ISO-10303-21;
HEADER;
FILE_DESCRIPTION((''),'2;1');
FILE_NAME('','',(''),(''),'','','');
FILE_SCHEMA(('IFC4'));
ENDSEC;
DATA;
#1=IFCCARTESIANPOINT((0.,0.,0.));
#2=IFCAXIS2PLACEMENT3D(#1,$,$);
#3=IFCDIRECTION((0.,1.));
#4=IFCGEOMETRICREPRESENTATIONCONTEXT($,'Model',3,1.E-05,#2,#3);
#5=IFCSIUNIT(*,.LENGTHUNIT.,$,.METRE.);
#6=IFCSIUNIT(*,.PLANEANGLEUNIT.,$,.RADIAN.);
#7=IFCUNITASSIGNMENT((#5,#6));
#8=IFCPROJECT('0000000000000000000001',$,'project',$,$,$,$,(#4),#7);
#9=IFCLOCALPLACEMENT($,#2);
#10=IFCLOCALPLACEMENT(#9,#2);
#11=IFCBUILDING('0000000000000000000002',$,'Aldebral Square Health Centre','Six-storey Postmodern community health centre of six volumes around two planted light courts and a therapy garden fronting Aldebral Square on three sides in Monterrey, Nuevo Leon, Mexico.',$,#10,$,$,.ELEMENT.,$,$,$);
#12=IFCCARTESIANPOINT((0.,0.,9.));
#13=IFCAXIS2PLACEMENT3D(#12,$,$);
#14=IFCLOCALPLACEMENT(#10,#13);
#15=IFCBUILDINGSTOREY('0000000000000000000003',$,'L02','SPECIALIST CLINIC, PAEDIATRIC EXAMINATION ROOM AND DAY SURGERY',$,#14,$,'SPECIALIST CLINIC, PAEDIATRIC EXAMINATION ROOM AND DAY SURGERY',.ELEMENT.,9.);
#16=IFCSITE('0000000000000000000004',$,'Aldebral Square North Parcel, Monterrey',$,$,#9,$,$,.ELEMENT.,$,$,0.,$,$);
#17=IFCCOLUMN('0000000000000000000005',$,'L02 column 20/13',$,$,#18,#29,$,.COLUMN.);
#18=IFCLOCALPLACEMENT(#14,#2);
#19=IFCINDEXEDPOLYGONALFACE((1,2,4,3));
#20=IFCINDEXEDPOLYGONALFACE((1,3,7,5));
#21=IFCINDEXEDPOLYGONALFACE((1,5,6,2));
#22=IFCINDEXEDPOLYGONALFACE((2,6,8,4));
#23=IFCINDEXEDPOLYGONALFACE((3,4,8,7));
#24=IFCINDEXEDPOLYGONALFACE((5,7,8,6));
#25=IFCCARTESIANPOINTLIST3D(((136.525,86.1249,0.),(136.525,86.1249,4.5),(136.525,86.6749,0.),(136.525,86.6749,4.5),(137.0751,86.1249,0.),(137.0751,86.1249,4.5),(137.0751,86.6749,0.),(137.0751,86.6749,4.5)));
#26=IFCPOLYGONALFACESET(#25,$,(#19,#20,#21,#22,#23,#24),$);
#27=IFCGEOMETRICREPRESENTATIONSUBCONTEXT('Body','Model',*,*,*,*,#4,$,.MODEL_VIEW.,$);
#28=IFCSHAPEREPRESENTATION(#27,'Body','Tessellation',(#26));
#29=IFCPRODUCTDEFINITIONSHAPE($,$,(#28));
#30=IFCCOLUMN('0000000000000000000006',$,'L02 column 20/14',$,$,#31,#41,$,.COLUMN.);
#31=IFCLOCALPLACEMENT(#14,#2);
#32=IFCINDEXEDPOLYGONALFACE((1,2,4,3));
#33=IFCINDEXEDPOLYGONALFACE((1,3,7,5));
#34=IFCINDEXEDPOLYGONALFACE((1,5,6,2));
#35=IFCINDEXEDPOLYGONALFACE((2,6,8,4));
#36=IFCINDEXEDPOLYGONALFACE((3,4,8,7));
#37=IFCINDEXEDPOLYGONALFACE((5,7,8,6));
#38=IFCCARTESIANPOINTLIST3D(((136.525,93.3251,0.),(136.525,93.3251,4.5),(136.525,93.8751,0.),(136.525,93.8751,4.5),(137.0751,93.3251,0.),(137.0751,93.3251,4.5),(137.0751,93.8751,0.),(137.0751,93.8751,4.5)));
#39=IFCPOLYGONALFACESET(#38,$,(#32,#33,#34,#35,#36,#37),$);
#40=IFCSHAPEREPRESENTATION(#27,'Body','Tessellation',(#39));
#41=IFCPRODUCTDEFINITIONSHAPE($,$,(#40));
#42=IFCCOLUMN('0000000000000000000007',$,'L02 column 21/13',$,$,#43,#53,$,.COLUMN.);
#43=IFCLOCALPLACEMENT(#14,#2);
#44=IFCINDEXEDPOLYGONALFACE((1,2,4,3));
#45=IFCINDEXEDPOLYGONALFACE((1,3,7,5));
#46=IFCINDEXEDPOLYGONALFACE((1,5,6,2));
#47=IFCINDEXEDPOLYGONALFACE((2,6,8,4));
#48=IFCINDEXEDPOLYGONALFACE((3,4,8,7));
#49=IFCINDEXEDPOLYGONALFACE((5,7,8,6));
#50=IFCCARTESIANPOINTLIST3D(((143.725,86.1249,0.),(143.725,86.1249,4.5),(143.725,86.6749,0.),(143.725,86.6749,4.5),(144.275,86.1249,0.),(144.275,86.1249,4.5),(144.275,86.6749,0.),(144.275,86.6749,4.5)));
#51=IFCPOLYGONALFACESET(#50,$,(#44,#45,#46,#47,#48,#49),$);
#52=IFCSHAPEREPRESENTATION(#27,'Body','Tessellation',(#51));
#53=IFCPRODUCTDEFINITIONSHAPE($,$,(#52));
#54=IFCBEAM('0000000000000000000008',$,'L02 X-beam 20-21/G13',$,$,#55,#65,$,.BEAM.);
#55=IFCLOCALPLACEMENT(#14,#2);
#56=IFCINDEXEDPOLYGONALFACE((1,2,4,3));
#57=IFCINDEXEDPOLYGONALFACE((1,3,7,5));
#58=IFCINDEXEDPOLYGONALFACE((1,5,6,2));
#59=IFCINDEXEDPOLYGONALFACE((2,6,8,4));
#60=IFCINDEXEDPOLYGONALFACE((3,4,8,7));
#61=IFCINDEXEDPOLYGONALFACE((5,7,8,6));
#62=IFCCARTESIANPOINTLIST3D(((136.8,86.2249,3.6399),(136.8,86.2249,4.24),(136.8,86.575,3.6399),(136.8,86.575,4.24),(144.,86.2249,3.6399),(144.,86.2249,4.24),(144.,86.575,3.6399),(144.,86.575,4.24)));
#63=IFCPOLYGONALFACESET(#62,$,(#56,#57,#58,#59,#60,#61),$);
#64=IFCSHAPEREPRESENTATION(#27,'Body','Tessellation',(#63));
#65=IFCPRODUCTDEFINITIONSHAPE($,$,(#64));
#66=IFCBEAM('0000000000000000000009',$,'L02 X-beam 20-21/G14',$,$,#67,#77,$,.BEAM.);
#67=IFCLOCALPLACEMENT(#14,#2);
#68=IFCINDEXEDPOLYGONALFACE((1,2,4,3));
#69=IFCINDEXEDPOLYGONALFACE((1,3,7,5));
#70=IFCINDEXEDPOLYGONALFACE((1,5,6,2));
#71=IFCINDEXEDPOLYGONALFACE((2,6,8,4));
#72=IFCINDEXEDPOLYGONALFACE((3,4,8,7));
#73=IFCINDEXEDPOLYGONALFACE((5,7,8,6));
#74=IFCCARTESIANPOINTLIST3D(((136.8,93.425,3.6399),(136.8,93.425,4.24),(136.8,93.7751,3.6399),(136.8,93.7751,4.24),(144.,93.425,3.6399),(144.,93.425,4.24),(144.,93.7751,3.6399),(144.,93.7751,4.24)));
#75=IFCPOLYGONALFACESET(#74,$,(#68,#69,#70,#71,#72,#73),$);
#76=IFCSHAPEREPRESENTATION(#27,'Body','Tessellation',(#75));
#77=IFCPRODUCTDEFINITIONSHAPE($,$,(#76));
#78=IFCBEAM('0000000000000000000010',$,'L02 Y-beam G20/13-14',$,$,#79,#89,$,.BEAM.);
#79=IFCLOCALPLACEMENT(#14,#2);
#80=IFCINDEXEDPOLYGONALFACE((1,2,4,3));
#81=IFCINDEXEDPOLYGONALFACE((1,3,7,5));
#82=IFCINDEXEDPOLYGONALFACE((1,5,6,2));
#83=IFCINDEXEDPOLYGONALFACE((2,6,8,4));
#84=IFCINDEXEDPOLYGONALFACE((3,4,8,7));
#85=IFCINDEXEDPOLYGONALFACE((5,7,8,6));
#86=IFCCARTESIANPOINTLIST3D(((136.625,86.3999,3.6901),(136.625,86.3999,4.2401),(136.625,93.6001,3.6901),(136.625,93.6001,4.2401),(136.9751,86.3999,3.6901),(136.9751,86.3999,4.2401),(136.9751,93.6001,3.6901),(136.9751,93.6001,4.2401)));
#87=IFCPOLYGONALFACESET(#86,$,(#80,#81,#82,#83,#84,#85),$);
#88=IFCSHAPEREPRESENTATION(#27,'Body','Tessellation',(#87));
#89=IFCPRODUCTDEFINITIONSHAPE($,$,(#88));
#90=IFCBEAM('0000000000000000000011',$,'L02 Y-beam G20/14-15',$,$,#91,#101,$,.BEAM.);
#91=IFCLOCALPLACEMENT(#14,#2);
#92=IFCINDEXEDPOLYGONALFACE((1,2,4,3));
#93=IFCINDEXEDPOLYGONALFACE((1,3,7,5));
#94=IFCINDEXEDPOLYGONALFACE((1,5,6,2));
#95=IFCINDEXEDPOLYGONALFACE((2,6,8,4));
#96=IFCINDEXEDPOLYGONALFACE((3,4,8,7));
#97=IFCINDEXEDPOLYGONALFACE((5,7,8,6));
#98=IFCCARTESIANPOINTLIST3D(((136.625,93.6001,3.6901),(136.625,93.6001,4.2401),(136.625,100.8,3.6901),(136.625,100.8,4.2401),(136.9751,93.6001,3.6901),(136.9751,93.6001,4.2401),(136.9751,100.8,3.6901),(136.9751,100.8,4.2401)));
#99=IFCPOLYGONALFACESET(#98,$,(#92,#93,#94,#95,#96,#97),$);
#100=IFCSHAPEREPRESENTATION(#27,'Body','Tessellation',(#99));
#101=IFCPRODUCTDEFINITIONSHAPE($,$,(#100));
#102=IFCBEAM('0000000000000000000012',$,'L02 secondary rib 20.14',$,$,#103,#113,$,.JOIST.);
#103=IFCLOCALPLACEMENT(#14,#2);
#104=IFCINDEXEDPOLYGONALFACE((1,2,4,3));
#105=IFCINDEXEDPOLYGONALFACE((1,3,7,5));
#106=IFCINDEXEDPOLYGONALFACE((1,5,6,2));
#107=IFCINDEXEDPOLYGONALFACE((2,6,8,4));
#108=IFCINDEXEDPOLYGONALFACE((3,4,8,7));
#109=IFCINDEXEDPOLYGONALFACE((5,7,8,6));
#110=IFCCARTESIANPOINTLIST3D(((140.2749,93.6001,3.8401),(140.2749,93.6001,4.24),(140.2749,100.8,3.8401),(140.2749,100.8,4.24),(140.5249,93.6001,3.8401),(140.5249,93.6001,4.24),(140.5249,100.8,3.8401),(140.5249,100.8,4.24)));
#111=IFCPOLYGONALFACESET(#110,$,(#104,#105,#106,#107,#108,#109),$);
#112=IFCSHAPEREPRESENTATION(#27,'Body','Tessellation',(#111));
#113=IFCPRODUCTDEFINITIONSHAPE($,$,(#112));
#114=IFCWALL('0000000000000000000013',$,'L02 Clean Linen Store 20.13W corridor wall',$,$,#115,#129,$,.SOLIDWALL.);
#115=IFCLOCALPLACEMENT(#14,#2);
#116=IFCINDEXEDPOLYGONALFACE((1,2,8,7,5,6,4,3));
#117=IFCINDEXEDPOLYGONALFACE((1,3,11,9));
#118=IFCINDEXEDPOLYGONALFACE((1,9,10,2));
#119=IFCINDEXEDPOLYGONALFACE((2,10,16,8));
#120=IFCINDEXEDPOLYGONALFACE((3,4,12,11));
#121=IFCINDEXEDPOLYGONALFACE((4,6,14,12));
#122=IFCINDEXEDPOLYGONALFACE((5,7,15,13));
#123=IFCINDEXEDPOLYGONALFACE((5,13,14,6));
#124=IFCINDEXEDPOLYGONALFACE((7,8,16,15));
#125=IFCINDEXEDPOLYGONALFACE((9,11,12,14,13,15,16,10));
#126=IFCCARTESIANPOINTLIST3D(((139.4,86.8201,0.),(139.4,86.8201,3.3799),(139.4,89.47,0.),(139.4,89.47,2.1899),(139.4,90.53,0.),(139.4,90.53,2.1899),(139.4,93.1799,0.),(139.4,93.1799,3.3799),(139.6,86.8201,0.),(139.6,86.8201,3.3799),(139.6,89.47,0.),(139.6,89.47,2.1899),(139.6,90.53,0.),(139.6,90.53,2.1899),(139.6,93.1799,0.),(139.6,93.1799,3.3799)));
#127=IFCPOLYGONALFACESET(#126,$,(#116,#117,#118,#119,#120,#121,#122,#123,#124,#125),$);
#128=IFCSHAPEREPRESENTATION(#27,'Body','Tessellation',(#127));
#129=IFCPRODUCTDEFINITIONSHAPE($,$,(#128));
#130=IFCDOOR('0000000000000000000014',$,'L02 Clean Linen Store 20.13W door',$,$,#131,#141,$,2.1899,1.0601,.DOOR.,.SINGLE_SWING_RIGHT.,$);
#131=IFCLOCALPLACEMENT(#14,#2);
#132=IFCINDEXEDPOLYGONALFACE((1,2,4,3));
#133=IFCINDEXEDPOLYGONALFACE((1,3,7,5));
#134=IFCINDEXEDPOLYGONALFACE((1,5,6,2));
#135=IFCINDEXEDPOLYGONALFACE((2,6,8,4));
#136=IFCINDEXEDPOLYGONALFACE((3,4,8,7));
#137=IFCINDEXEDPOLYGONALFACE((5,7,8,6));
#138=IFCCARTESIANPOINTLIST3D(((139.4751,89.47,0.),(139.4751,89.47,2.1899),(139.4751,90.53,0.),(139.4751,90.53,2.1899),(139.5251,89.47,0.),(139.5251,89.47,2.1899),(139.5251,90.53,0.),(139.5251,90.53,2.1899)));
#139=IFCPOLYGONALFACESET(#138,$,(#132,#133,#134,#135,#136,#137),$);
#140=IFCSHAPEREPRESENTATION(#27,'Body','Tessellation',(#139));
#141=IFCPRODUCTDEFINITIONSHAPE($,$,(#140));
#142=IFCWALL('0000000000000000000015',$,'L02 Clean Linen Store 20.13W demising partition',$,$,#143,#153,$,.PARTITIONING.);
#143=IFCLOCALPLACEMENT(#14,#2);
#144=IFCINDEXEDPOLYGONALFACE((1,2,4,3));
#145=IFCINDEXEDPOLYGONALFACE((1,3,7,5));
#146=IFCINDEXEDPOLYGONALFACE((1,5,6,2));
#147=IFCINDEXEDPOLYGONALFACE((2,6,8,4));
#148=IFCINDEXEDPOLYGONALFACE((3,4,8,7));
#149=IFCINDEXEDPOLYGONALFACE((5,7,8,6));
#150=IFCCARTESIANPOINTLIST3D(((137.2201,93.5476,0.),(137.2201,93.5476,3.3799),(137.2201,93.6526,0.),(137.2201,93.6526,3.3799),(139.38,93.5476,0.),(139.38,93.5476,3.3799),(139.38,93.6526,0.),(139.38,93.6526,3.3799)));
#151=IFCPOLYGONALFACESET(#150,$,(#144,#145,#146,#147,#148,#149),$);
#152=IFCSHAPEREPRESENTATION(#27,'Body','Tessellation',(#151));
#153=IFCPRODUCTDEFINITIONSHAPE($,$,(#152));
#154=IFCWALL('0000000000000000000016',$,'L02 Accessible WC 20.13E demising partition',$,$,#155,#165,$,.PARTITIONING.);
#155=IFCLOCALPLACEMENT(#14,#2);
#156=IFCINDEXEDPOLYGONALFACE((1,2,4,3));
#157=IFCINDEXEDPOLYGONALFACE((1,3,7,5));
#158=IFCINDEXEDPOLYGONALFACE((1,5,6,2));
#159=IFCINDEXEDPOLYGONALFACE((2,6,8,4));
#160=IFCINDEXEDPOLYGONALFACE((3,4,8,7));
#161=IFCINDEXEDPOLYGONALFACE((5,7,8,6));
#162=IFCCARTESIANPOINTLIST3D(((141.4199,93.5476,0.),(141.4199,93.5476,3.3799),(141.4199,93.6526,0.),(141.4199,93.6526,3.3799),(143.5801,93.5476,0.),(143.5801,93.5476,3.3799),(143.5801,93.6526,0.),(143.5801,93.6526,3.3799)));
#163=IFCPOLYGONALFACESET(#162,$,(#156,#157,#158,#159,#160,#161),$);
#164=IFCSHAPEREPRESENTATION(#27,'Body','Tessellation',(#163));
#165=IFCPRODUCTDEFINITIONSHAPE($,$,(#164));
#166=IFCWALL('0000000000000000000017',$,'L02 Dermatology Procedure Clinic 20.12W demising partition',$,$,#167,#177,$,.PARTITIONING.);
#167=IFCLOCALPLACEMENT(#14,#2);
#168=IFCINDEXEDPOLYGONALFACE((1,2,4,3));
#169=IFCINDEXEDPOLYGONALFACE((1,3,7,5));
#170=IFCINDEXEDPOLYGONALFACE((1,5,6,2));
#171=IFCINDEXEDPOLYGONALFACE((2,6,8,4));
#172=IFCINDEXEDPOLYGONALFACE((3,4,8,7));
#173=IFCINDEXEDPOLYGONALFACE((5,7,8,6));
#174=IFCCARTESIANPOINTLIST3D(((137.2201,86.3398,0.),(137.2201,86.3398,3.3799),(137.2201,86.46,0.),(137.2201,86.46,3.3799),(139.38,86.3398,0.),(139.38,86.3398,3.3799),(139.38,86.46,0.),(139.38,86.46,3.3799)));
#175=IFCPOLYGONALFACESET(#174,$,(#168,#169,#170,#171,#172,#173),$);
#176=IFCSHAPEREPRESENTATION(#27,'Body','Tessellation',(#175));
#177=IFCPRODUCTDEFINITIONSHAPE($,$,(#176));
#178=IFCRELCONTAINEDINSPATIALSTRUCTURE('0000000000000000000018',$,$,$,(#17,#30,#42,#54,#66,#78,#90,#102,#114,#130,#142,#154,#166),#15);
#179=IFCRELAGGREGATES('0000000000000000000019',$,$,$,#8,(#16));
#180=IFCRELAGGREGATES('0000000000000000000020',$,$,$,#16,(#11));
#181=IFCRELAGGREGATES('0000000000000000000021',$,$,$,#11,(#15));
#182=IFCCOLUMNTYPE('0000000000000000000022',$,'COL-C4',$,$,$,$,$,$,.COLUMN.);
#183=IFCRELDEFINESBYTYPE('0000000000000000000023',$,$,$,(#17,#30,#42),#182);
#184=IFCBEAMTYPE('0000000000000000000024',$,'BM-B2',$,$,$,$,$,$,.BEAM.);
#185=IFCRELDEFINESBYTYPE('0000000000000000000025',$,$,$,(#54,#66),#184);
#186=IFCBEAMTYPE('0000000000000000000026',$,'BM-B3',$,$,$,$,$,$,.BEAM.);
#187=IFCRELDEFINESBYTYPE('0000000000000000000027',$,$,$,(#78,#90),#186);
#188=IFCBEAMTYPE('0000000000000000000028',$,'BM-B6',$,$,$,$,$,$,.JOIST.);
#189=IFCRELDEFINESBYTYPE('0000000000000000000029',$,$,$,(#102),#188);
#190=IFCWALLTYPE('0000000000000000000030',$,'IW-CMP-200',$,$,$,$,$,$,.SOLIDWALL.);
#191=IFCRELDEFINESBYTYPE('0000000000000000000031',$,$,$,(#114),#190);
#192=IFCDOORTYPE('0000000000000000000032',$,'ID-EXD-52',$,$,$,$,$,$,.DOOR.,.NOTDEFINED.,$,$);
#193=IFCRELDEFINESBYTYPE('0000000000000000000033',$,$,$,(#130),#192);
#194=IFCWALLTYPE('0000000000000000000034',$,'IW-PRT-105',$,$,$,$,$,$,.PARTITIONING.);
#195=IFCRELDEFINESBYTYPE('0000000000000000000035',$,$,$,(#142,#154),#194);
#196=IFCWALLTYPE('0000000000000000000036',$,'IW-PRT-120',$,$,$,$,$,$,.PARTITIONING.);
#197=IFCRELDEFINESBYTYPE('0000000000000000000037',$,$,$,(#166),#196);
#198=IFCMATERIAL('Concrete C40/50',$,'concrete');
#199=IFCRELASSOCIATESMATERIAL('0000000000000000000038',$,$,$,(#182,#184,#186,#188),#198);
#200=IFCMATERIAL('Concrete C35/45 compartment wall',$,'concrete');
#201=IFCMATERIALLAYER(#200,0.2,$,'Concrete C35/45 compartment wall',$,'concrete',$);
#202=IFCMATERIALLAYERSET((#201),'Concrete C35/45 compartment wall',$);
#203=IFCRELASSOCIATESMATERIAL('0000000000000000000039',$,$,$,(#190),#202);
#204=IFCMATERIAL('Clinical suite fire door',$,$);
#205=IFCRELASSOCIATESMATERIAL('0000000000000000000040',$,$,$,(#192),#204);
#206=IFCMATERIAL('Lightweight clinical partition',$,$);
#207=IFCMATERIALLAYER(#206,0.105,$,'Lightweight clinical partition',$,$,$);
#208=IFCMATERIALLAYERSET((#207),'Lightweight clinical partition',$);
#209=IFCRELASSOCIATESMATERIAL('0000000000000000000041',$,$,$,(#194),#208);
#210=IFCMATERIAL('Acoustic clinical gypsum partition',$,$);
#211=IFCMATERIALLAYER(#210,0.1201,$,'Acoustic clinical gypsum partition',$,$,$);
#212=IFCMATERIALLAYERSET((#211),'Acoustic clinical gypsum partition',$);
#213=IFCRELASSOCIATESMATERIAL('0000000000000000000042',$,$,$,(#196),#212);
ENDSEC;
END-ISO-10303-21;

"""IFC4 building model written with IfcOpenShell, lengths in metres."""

from ifc_helpers import new_model, si_unit, direction, frame, frame_2d, origin, origin_2d, place, context, subcontext, project, spatial, rectangle, extrude, material, layer, layer_set, material_profile, profile_set, type_object, element, fill, save


model = new_model("IFC4")

# Units and contexts
model_context = context("Model", 3, precision=1e-05, world=origin(), true_north=direction((0.0, 1.0)))
body_context = subcontext(model_context, "Body", "Model", "MODEL_VIEW")
ifc_project = project(units=[si_unit("LENGTHUNIT", "METRE"), si_unit("PLANEANGLEUNIT", "RADIAN")], contexts=[model_context])

# Site, building, storey
site_placement = place(None, origin())
site = spatial("IfcSite", under=ifc_project, at=site_placement, Name="Aldebral Square North Parcel, Monterrey", CompositionType="ELEMENT", RefElevation=0.0)
building_placement = place(site_placement, origin())
building = spatial("IfcBuilding", under=site, at=building_placement, Name="Aldebral Square Health Centre", Description="Six-storey Postmodern community health centre of six volumes around two planted light courts and a therapy garden fronting Aldebral Square on three sides in Monterrey, Nuevo Leon, Mexico.", CompositionType="ELEMENT")
storey_placement = place(building_placement, frame((0.0, 0.0, 9.0)))
storey = spatial("IfcBuildingStorey", under=building, at=storey_placement, Name="L02", Description="SPECIALIST CLINIC, PAEDIATRIC EXAMINATION ROOM AND DAY SURGERY", LongName="SPECIALIST CLINIC, PAEDIATRIC EXAMINATION ROOM AND DAY SURGERY", CompositionType="ELEMENT", Elevation=9.0)

# Columns
ifc_material_1 = material(Name="Concrete C40/50", Category="concrete")
ifc_material_profile_1 = material_profile(ifc_material_1, rectangle(XDim=0.55, YDim=0.55, at=origin_2d()), Name="RC 550x550")
ifc_profile_set_1 = profile_set([ifc_material_profile_1], Name="Concrete C40/50")
column_type = type_object("IfcColumnType", Name="COL-C4", PredefinedType="COLUMN", material=ifc_profile_set_1)
for number, where, z_axis, x_axis, name in (
    (1, (136.8, 86.3999, 0.0), (0.0, 0.0, 1.0), (1.0, 0.0, 0.0), "L02 column 20/13"),
    (2, (136.8, 93.6001, 0.0), (0.0, 0.0, 1.0), (1.0, 0.0, 0.0), "L02 column 20/14"),
    (3, (144.0, 86.3999, 0.0), (0.0, 0.0, 1.0), (1.0, 0.0, 0.0), "L02 column 21/13"),
):
    element("IfcColumn", number, at=place(storey_placement, frame(where, z_axis=z_axis, x_axis=x_axis)), inside=storey, type_object=column_type, Name=name, PredefinedType="COLUMN", context=body_context, shape_type="SweptSolid", body=[
        extrude(rectangle(XDim=0.55, YDim=0.55, at=origin_2d()), origin(), (0.0, 0.0, 1.0), 4.5),
    ])

# Beams
ifc_material_profile_2 = material_profile(ifc_material_1, rectangle(XDim=0.3501, YDim=0.6001, at=origin_2d()), Name="RC 350x600")
ifc_profile_set_2 = profile_set([ifc_material_profile_2], Name="Concrete C40/50")
beam_type_1 = type_object("IfcBeamType", Name="BM-B2", PredefinedType="BEAM", material=ifc_profile_set_2)
for number, where, z_axis, x_axis, name in (
    (4, (136.8, 86.3999, 3.9399), (1.0, 0.0, 0.0), (0.0, 1.0, 0.0), "L02 X-beam 20-21/G13"),
    (5, (136.8, 93.6001, 3.9399), (1.0, 0.0, 0.0), (0.0, 1.0, 0.0), "L02 X-beam 20-21/G14"),
):
    element("IfcBeam", number, at=place(storey_placement, frame(where, z_axis=z_axis, x_axis=x_axis)), inside=storey, type_object=beam_type_1, Name=name, PredefinedType="BEAM", context=body_context, shape_type="SweptSolid", body=[
        extrude(rectangle(XDim=0.3501, YDim=0.6001, at=origin_2d()), origin(), (0.0, 0.0, 1.0), 7.2),
    ])
ifc_material_profile_3 = material_profile(ifc_material_1, rectangle(XDim=0.3501, YDim=0.55, at=origin_2d()), Name="RC 350x550")
ifc_profile_set_3 = profile_set([ifc_material_profile_3], Name="Concrete C40/50")
beam_type_2 = type_object("IfcBeamType", Name="BM-B3", PredefinedType="BEAM", material=ifc_profile_set_3)
beam_1_placement = place(storey_placement, frame((136.8, 86.3999, 3.9651), z_axis=(0.0, 1.0, 0.0), x_axis=(-1.0, 0.0, 0.0)))
element("IfcBeam", 6, at=beam_1_placement, inside=storey, type_object=beam_type_2, Name="L02 Y-beam G20/13-14", PredefinedType="BEAM", context=body_context, shape_type="SweptSolid", body=[
    extrude(rectangle(XDim=0.3501, YDim=0.55, at=origin_2d()), origin(), (0.0, 0.0, 1.0), 7.2002),
])
beam_2_placement = place(storey_placement, frame((136.8, 93.6001, 3.9651), z_axis=(0.0, 1.0, 0.0), x_axis=(-1.0, 0.0, 0.0)))
element("IfcBeam", 7, at=beam_2_placement, inside=storey, type_object=beam_type_2, Name="L02 Y-beam G20/14-15", PredefinedType="BEAM", context=body_context, shape_type="SweptSolid", body=[
    extrude(rectangle(XDim=0.3501, YDim=0.55, at=origin_2d()), origin(), (0.0, 0.0, 1.0), 7.2),
])
ifc_material_profile_4 = material_profile(ifc_material_1, rectangle(XDim=0.25, YDim=0.3999, at=origin_2d()), Name="RC 250x400")
ifc_profile_set_4 = profile_set([ifc_material_profile_4], Name="Concrete C40/50")
beam_type_3 = type_object("IfcBeamType", Name="BM-B6", PredefinedType="JOIST", material=ifc_profile_set_4)
beam_3_placement = place(storey_placement, frame((140.3999, 93.6001, 4.04), z_axis=(0.0, 1.0, 0.0), x_axis=(-1.0, 0.0, 0.0)))
element("IfcBeam", 8, at=beam_3_placement, inside=storey, type_object=beam_type_3, Name="L02 secondary rib 20.14", PredefinedType="JOIST", context=body_context, shape_type="SweptSolid", body=[
    extrude(rectangle(XDim=0.25, YDim=0.3999, at=origin_2d()), origin(), (0.0, 0.0, 1.0), 7.2),
])

# Wall, opening, door
ifc_material_2 = material(Name="Concrete C35/45 compartment wall", Category="concrete")
ifc_layer_1 = layer(ifc_material_2, 0.2, Name="Concrete C35/45 compartment wall", Category="concrete")
ifc_layer_set_1 = layer_set([ifc_layer_1], Name="Concrete C35/45 compartment wall")
wall_type_1 = type_object("IfcWallType", Name="IW-CMP-200", PredefinedType="SOLIDWALL", material=ifc_layer_set_1)
wall_1_placement = place(storey_placement, frame((139.5, 86.8201, 0.0), z_axis=(0.0, 0.0, 1.0), x_axis=(0.0, 1.0, 0.0)))
wall_1 = element("IfcWall", 9, at=wall_1_placement, inside=storey, type_object=wall_type_1, Name="L02 Clean Linen Store 20.13W corridor wall", PredefinedType="SOLIDWALL", context=body_context, shape_type="SweptSolid", body=[
    extrude(rectangle(XDim=6.3599, YDim=0.2, at=frame_2d((3.1799, 0.0))), origin(), (0.0, 0.0, 1.0), 3.3799),
])
opening_1_placement = place(wall_1_placement, frame((2.6499, 0.0, 0.0)))
opening_1 = element("IfcOpeningElement", 10, at=opening_1_placement, cuts=wall_1, PredefinedType="OPENING", context=body_context, shape_type="SweptSolid", body=[
    extrude(rectangle(XDim=1.0601, YDim=2.1899, at=frame_2d((0.53, 1.095))), frame((0.0, 0.1099, 0.0), z_axis=(0.0, -1.0, 0.0), x_axis=(1.0, 0.0, 0.0)), (0.0, 0.0, 1.0), 0.22),
])
ifc_material_3 = material(Name="Clinical suite fire door")
door_type_1 = type_object("IfcDoorType", Name="ID-EXD-52", OperationType="NOTDEFINED", PredefinedType="DOOR", material=ifc_material_3)
door_1_placement = place(opening_1_placement, origin())
door_1 = element("IfcDoor", 11, at=door_1_placement, inside=storey, type_object=door_type_1, Name="L02 Clean Linen Store 20.13W door", OperationType="SINGLE_SWING_RIGHT", OverallHeight=2.1899, OverallWidth=1.0601, PredefinedType="DOOR", context=body_context, shape_type="SweptSolid", body=[
    extrude(rectangle(XDim=1.0601, YDim=2.1899, at=frame_2d((0.53, 1.095))), frame((0.0, 0.0249, 0.0), z_axis=(0.0, -1.0, 0.0), x_axis=(1.0, 0.0, 0.0)), (0.0, 0.0, 1.0), 0.05),
])
fill(opening_1, door_1)

# Walls
ifc_material_4 = material(Name="Lightweight clinical partition")
ifc_layer_2 = layer(ifc_material_4, 0.105, Name="Lightweight clinical partition")
ifc_layer_set_2 = layer_set([ifc_layer_2], Name="Lightweight clinical partition")
wall_type_2 = type_object("IfcWallType", Name="IW-PRT-105", PredefinedType="PARTITIONING", material=ifc_layer_set_2)
wall_2_placement = place(storey_placement, frame((137.22, 93.6001, 0.0), z_axis=(0.0, 0.0, 1.0), x_axis=(1.0, 0.0, 0.0)))
element("IfcWall", 12, at=wall_2_placement, inside=storey, type_object=wall_type_2, Name="L02 Clean Linen Store 20.13W demising partition", PredefinedType="PARTITIONING", context=body_context, shape_type="SweptSolid", body=[
    extrude(rectangle(XDim=2.1599, YDim=0.105, at=frame_2d((1.0801, 0.0))), origin(), (0.0, 0.0, 1.0), 3.3799),
])
wall_3_placement = place(storey_placement, frame((141.4199, 93.6001, 0.0), z_axis=(0.0, 0.0, 1.0), x_axis=(1.0, 0.0, 0.0)))
element("IfcWall", 13, at=wall_3_placement, inside=storey, type_object=wall_type_2, Name="L02 Accessible WC 20.13E demising partition", PredefinedType="PARTITIONING", context=body_context, shape_type="SweptSolid", body=[
    extrude(rectangle(XDim=2.1602, YDim=0.105, at=frame_2d((1.0801, 0.0))), origin(), (0.0, 0.0, 1.0), 3.3799),
])
ifc_material_5 = material(Name="Acoustic clinical gypsum partition")
ifc_layer_3 = layer(ifc_material_5, 0.1201, Name="Acoustic clinical gypsum partition")
ifc_layer_set_3 = layer_set([ifc_layer_3], Name="Acoustic clinical gypsum partition")
wall_type_3 = type_object("IfcWallType", Name="IW-PRT-120", PredefinedType="PARTITIONING", material=ifc_layer_set_3)
wall_4_placement = place(storey_placement, frame((137.22, 86.3999, 0.0), z_axis=(0.0, 0.0, 1.0), x_axis=(1.0, 0.0, 0.0)))
element("IfcWall", 14, at=wall_4_placement, inside=storey, type_object=wall_type_3, Name="L02 Dermatology Procedure Clinic 20.12W demising partition", PredefinedType="PARTITIONING", context=body_context, shape_type="SweptSolid", body=[
    extrude(rectangle(XDim=2.1599, YDim=0.1201, at=frame_2d((1.0801, 0.0))), origin(), (0.0, 0.0, 1.0), 3.3799),
])

save(model, "model.ifc")
